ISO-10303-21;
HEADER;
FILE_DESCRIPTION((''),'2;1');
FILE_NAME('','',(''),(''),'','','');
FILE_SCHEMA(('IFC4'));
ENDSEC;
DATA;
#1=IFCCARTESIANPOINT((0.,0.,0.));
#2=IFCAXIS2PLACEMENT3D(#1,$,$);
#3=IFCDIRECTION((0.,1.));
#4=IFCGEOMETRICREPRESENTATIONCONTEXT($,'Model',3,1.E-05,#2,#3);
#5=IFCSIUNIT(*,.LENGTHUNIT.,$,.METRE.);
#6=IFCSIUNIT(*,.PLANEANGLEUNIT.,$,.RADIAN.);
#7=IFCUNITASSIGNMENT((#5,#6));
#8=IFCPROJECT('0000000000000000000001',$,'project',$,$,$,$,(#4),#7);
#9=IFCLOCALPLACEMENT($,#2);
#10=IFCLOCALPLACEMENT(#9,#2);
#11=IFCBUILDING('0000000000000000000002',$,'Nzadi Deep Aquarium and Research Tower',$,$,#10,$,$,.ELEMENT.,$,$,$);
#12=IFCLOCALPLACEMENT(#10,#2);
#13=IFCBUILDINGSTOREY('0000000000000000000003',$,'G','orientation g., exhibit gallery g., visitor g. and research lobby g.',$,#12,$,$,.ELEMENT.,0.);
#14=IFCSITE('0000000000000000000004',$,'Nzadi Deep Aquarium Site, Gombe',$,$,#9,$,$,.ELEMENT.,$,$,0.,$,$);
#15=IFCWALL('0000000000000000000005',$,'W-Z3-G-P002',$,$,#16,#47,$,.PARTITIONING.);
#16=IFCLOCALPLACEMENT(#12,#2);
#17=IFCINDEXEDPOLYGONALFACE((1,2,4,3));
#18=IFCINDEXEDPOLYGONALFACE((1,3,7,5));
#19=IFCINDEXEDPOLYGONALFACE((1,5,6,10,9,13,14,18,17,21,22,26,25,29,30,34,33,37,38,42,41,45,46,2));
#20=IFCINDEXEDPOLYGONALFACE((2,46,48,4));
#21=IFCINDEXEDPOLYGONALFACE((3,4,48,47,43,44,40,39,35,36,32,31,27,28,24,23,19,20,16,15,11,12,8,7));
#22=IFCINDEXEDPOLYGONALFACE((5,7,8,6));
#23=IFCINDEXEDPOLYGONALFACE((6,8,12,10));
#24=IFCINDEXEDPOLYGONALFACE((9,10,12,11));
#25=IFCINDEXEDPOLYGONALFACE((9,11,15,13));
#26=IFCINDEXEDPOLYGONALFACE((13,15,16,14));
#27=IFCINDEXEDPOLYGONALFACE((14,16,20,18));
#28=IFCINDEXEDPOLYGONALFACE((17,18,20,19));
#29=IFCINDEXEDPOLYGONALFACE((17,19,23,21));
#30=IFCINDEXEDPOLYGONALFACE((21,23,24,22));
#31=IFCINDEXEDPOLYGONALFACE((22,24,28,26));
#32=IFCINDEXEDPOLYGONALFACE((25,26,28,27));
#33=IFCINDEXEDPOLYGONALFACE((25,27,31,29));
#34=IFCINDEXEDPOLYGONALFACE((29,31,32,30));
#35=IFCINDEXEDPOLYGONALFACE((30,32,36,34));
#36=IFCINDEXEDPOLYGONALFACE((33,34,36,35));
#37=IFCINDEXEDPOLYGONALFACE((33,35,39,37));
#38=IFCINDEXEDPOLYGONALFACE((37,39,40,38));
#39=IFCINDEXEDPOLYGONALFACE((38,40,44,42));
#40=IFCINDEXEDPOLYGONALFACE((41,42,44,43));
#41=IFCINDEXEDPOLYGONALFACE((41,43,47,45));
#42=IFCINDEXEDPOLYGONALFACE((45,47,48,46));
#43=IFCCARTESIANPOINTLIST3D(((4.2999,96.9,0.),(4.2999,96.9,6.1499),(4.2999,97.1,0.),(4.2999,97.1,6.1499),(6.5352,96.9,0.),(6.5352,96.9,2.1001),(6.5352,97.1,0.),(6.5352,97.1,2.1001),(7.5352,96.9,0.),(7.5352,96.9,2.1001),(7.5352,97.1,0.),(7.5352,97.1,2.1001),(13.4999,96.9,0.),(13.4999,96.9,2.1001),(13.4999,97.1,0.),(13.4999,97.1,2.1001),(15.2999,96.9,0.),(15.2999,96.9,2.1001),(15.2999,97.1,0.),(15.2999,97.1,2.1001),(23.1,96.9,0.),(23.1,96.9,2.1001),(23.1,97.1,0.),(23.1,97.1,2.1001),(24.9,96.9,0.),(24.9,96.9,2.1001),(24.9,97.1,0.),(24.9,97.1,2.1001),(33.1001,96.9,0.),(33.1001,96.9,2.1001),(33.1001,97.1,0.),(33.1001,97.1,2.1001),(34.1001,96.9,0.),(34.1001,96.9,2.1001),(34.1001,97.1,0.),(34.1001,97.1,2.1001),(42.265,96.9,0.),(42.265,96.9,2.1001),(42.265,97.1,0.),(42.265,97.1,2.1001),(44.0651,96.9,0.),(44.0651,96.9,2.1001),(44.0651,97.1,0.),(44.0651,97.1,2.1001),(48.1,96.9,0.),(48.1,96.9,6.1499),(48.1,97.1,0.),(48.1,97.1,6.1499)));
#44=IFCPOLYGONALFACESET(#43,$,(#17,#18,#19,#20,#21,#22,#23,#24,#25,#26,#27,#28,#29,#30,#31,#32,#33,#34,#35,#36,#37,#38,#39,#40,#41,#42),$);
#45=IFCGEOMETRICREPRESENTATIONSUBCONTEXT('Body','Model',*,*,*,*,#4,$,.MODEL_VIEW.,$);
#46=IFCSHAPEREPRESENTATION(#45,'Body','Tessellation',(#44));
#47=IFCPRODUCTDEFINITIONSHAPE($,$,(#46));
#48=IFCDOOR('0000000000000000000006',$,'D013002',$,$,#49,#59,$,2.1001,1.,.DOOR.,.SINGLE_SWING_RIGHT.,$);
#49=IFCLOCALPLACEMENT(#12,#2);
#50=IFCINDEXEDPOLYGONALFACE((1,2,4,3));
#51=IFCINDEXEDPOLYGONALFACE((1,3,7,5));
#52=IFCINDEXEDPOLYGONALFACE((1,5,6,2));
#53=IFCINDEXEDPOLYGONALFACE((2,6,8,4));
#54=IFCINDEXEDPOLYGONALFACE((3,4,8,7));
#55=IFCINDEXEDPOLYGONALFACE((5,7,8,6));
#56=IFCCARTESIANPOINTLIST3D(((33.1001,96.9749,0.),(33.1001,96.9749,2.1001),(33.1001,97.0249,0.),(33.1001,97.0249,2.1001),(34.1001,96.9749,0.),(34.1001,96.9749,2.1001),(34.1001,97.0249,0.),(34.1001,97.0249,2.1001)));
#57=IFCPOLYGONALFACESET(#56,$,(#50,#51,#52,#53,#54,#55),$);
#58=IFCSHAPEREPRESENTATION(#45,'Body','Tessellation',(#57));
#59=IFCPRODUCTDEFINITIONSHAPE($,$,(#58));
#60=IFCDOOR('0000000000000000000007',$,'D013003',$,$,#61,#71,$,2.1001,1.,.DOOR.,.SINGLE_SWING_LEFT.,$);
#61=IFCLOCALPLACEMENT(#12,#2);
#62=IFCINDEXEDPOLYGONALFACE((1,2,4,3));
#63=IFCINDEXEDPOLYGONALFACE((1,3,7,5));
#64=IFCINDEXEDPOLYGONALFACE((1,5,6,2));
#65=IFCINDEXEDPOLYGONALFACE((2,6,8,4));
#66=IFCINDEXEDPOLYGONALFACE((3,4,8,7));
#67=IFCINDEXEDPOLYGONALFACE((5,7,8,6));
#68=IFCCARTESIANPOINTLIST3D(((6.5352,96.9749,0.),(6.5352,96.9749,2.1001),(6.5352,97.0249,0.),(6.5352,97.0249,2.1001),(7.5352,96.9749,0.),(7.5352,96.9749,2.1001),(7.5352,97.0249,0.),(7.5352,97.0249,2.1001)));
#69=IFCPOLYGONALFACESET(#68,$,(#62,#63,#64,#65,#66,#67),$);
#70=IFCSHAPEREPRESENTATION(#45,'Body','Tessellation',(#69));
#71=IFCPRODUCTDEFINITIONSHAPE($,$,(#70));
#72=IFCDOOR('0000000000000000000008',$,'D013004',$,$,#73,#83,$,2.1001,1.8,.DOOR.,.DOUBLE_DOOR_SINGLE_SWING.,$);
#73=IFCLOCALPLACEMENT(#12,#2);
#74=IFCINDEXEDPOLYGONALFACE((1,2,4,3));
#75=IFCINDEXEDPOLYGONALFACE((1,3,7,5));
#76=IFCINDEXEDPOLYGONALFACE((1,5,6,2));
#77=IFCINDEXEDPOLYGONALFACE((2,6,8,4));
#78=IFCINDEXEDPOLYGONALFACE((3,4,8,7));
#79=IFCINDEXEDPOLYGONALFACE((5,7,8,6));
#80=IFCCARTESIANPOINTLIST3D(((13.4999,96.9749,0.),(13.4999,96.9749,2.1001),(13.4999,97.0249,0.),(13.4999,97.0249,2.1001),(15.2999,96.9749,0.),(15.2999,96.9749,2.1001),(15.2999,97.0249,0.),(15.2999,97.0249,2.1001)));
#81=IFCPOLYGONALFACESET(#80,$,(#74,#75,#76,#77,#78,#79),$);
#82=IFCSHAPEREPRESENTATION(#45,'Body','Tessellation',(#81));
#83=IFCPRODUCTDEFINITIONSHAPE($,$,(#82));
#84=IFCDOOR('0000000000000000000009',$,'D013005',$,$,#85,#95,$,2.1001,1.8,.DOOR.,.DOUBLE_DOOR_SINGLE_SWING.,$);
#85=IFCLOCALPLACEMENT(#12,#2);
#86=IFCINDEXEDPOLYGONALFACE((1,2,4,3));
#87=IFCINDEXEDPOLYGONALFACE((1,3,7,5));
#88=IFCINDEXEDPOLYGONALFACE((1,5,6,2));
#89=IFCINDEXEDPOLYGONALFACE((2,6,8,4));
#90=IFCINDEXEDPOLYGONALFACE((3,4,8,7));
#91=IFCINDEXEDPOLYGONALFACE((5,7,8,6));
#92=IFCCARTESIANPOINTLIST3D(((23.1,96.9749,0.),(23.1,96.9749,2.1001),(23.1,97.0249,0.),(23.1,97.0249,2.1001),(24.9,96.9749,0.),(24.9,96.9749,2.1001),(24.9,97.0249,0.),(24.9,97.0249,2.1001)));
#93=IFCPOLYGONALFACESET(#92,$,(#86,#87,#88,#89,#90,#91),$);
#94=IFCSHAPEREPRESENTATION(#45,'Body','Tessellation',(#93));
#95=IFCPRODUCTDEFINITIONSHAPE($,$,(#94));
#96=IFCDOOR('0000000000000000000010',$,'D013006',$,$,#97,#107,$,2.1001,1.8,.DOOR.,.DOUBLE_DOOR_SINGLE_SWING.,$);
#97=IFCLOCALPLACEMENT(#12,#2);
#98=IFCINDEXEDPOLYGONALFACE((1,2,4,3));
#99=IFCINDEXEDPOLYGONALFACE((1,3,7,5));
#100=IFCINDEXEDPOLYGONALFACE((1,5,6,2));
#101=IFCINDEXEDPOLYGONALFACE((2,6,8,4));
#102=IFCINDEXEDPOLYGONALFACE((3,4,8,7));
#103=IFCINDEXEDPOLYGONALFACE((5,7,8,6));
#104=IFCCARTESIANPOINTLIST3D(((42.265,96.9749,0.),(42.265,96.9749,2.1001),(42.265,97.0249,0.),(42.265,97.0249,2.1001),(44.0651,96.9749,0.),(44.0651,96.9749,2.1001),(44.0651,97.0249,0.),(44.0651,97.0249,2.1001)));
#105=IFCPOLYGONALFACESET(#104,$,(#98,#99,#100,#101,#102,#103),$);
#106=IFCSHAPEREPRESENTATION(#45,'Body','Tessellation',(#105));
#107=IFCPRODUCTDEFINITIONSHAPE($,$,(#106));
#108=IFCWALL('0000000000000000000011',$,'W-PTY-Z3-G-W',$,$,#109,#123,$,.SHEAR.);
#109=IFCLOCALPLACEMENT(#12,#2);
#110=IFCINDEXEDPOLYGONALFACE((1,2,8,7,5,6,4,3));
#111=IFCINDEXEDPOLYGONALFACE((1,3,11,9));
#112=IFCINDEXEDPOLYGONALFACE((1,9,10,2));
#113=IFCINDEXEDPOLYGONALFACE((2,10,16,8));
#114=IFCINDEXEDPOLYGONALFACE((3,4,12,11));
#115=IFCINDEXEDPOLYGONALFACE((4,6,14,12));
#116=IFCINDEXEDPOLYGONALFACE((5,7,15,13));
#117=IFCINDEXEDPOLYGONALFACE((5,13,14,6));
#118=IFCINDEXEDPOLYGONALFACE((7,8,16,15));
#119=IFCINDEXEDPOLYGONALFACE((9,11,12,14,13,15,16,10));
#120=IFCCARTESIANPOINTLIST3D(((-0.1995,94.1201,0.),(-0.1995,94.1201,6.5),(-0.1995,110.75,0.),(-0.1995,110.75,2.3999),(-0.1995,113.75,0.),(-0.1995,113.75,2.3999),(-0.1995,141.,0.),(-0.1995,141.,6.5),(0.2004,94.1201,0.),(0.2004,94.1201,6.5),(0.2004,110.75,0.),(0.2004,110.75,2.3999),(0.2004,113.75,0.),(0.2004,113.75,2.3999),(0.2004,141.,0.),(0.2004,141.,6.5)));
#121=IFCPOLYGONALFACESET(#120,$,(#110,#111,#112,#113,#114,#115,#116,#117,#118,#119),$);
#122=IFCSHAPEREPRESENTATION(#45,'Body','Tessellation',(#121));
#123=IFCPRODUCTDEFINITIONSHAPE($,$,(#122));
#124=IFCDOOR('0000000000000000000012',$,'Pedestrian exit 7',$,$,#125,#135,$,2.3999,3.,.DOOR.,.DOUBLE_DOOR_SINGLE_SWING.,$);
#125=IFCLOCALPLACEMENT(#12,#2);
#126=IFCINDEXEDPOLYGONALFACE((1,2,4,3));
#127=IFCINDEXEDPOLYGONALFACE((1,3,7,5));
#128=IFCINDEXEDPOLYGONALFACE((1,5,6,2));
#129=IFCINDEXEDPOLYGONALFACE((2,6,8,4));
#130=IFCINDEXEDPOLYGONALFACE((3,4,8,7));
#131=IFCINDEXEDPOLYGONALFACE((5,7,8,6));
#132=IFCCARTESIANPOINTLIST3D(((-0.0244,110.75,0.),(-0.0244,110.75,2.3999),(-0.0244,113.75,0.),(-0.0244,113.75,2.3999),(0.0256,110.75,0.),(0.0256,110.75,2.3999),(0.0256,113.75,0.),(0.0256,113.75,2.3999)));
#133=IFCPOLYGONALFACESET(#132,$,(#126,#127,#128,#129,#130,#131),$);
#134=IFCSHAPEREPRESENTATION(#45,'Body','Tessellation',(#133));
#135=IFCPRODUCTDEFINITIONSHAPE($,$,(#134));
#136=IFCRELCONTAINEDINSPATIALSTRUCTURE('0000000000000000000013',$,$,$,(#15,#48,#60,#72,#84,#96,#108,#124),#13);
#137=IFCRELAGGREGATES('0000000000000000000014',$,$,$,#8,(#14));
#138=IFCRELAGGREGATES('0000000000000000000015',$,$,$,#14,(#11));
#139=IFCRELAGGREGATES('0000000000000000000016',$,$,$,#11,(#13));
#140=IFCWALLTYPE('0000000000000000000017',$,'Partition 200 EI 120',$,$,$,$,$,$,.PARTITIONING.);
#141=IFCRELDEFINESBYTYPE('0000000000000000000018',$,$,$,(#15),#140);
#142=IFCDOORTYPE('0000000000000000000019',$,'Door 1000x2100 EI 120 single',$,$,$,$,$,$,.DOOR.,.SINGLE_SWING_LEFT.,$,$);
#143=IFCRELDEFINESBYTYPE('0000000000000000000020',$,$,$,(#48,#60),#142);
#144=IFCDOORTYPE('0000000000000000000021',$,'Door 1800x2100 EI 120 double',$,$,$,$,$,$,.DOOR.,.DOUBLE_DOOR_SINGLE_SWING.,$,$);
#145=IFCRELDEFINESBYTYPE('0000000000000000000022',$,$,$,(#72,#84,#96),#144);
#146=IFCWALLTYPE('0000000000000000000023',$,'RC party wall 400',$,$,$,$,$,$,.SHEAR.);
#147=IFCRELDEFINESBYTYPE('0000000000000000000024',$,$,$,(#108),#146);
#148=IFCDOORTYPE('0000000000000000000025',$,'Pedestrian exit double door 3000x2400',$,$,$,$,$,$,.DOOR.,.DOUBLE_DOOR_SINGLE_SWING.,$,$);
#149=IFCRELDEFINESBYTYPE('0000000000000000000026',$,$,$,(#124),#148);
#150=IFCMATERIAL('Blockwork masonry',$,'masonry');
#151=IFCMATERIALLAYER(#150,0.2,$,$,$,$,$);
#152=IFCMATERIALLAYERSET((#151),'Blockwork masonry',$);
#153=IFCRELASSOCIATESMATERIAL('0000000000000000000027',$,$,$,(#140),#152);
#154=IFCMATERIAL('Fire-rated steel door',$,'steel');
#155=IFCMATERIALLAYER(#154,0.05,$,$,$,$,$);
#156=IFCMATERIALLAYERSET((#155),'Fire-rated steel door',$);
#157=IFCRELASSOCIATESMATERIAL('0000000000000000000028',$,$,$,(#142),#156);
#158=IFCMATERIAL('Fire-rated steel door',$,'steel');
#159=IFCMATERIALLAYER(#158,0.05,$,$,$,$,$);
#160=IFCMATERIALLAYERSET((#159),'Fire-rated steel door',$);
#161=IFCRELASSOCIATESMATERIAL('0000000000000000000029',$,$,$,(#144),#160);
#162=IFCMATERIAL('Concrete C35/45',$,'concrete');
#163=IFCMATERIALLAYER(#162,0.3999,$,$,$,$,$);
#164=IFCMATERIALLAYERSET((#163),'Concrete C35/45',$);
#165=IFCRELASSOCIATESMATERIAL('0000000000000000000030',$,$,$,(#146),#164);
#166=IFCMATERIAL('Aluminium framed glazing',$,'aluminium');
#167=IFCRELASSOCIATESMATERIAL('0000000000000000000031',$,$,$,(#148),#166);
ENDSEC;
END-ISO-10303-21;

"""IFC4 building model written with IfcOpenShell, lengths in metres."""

from ifc_helpers import new_model, si_unit, direction, frame, frame_2d, origin, place, context, subcontext, project, spatial, rectangle, extrude, material, layer, layer_set, type_object, element, fill, save


model = new_model("IFC4")

# Units and contexts
model_context = context("Model", 3, precision=1e-05, world=origin(), true_north=direction((0.0, 1.0)))
body_context = subcontext(model_context, "Body", "Model", "MODEL_VIEW")
ifc_project = project(units=[si_unit("LENGTHUNIT", "METRE"), si_unit("PLANEANGLEUNIT", "RADIAN")], contexts=[model_context])

# Site, building, storey
site_placement = place(None, origin())
site = spatial("IfcSite", under=ifc_project, at=site_placement, Name="Nzadi Deep Aquarium Site, Gombe", CompositionType="ELEMENT", RefElevation=0.0)
building_placement = place(site_placement, origin())
building = spatial("IfcBuilding", under=site, at=building_placement, Name="Nzadi Deep Aquarium and Research Tower", CompositionType="ELEMENT")
storey_placement = place(building_placement, origin())
storey = spatial("IfcBuildingStorey", under=building, at=storey_placement, Name="G", Description="orientation g., exhibit gallery g., visitor g. and research lobby g.", CompositionType="ELEMENT", Elevation=0.0)

# Wall, openings, doors
ifc_material_1 = material(Name="Blockwork masonry", Category="masonry")
ifc_layer_1 = layer(ifc_material_1, 0.2)
ifc_layer_set_1 = layer_set([ifc_layer_1], Name="Blockwork masonry")
wall_type_1 = type_object("IfcWallType", Name="Partition 200 EI 120", PredefinedType="PARTITIONING", material=ifc_layer_set_1)
wall_1_placement = place(storey_placement, frame((4.3, 97.0, 0.0), z_axis=(0.0, 0.0, 1.0), x_axis=(1.0, 0.0, 0.0)))
wall_1 = element("IfcWall", 1, at=wall_1_placement, inside=storey, type_object=wall_type_1, Name="W-Z3-G-P002", PredefinedType="PARTITIONING", context=body_context, shape_type="SweptSolid", body=[
    extrude(rectangle(XDim=43.8, YDim=0.2, at=frame_2d((21.8999, 0.0))), origin(), (0.0, 0.0, 1.0), 6.1499),
])
opening_1_placement = place(wall_1_placement, frame((28.8, 0.0, 0.0)))
opening_1 = element("IfcOpeningElement", 2, at=opening_1_placement, cuts=wall_1, PredefinedType="OPENING", context=body_context, shape_type="SweptSolid", body=[
    extrude(rectangle(XDim=1.0, YDim=2.1001, at=frame_2d((0.5, 1.05))), frame((0.0, 0.1101, 0.0), z_axis=(0.0, -1.0, 0.0), x_axis=(1.0, 0.0, 0.0)), (0.0, 0.0, 1.0), 0.2202),
])
opening_2_placement = place(wall_1_placement, frame((2.2351, 0.0, 0.0)))
opening_2 = element("IfcOpeningElement", 3, at=opening_2_placement, cuts=wall_1, PredefinedType="OPENING", context=body_context, shape_type="SweptSolid", body=[
    extrude(rectangle(XDim=1.0, YDim=2.1001, at=frame_2d((0.5, 1.05))), frame((0.0, 0.1101, 0.0), z_axis=(0.0, -1.0, 0.0), x_axis=(1.0, 0.0, 0.0)), (0.0, 0.0, 1.0), 0.2202),
])
opening_3_placement = place(wall_1_placement, frame((9.2, 0.0, 0.0)))
opening_3 = element("IfcOpeningElement", 4, at=opening_3_placement, cuts=wall_1, PredefinedType="OPENING", context=body_context, shape_type="SweptSolid", body=[
    extrude(rectangle(XDim=1.8, YDim=2.1001, at=frame_2d((0.8999, 1.05))), frame((0.0, 0.1101, 0.0), z_axis=(0.0, -1.0, 0.0), x_axis=(1.0, 0.0, 0.0)), (0.0, 0.0, 1.0), 0.2202),
])
opening_4_placement = place(wall_1_placement, frame((18.8, 0.0, 0.0)))
opening_4 = element("IfcOpeningElement", 5, at=opening_4_placement, cuts=wall_1, PredefinedType="OPENING", context=body_context, shape_type="SweptSolid", body=[
    extrude(rectangle(XDim=1.8, YDim=2.1001, at=frame_2d((0.8999, 1.05))), frame((0.0, 0.1101, 0.0), z_axis=(0.0, -1.0, 0.0), x_axis=(1.0, 0.0, 0.0)), (0.0, 0.0, 1.0), 0.2202),
])
opening_5_placement = place(wall_1_placement, frame((37.9651, 0.0, 0.0)))
opening_5 = element("IfcOpeningElement", 6, at=opening_5_placement, cuts=wall_1, PredefinedType="OPENING", context=body_context, shape_type="SweptSolid", body=[
    extrude(rectangle(XDim=1.8, YDim=2.1001, at=frame_2d((0.8999, 1.05))), frame((0.0, 0.1101, 0.0), z_axis=(0.0, -1.0, 0.0), x_axis=(1.0, 0.0, 0.0)), (0.0, 0.0, 1.0), 0.2202),
])
ifc_material_2 = material(Name="Fire-rated steel door", Category="steel")
ifc_layer_2 = layer(ifc_material_2, 0.05)
ifc_layer_set_2 = layer_set([ifc_layer_2], Name="Fire-rated steel door")
door_type_1 = type_object("IfcDoorType", Name="Door 1000x2100 EI 120 single", OperationType="SINGLE_SWING_LEFT", PredefinedType="DOOR", material=ifc_layer_set_2)
door_1_placement = place(opening_1_placement, origin())
door_1 = element("IfcDoor", 7, at=door_1_placement, inside=storey, type_object=door_type_1, Name="D013002", OperationType="SINGLE_SWING_RIGHT", OverallHeight=2.1001, OverallWidth=1.0, PredefinedType="DOOR", context=body_context, shape_type="SweptSolid", body=[
    extrude(rectangle(XDim=1.0, YDim=2.1001, at=frame_2d((0.5, 1.05))), frame((0.0, 0.0249, 0.0), z_axis=(0.0, -1.0, 0.0), x_axis=(1.0, 0.0, 0.0)), (0.0, 0.0, 1.0), 0.05),
])
fill(opening_1, door_1)
door_2_placement = place(opening_2_placement, origin())
door_2 = element("IfcDoor", 8, at=door_2_placement, inside=storey, type_object=door_type_1, Name="D013003", OperationType="SINGLE_SWING_LEFT", OverallHeight=2.1001, OverallWidth=1.0, PredefinedType="DOOR", context=body_context, shape_type="SweptSolid", body=[
    extrude(rectangle(XDim=1.0, YDim=2.1001, at=frame_2d((0.5, 1.05))), frame((0.0, 0.0249, 0.0), z_axis=(0.0, -1.0, 0.0), x_axis=(1.0, 0.0, 0.0)), (0.0, 0.0, 1.0), 0.05),
])
fill(opening_2, door_2)
ifc_material_3 = material(Name="Fire-rated steel door", Category="steel")
ifc_layer_3 = layer(ifc_material_3, 0.05)
ifc_layer_set_3 = layer_set([ifc_layer_3], Name="Fire-rated steel door")
door_type_2 = type_object("IfcDoorType", Name="Door 1800x2100 EI 120 double", OperationType="DOUBLE_DOOR_SINGLE_SWING", PredefinedType="DOOR", material=ifc_layer_set_3)
door_3_placement = place(opening_3_placement, origin())
door_3 = element("IfcDoor", 9, at=door_3_placement, inside=storey, type_object=door_type_2, Name="D013004", OperationType="DOUBLE_DOOR_SINGLE_SWING", OverallHeight=2.1001, OverallWidth=1.8, PredefinedType="DOOR", context=body_context, shape_type="SweptSolid", body=[
    extrude(rectangle(XDim=1.8, YDim=2.1001, at=frame_2d((0.8999, 1.05))), frame((0.0, 0.0249, 0.0), z_axis=(0.0, -1.0, 0.0), x_axis=(1.0, 0.0, 0.0)), (0.0, 0.0, 1.0), 0.05),
])
fill(opening_3, door_3)
door_4_placement = place(opening_4_placement, origin())
door_4 = element("IfcDoor", 10, at=door_4_placement, inside=storey, type_object=door_type_2, Name="D013005", OperationType="DOUBLE_DOOR_SINGLE_SWING", OverallHeight=2.1001, OverallWidth=1.8, PredefinedType="DOOR", context=body_context, shape_type="SweptSolid", body=[
    extrude(rectangle(XDim=1.8, YDim=2.1001, at=frame_2d((0.8999, 1.05))), frame((0.0, 0.0249, 0.0), z_axis=(0.0, -1.0, 0.0), x_axis=(1.0, 0.0, 0.0)), (0.0, 0.0, 1.0), 0.05),
])
fill(opening_4, door_4)
door_5_placement = place(opening_5_placement, origin())
door_5 = element("IfcDoor", 11, at=door_5_placement, inside=storey, type_object=door_type_2, Name="D013006", OperationType="DOUBLE_DOOR_SINGLE_SWING", OverallHeight=2.1001, OverallWidth=1.8, PredefinedType="DOOR", context=body_context, shape_type="SweptSolid", body=[
    extrude(rectangle(XDim=1.8, YDim=2.1001, at=frame_2d((0.8999, 1.05))), frame((0.0, 0.0249, 0.0), z_axis=(0.0, -1.0, 0.0), x_axis=(1.0, 0.0, 0.0)), (0.0, 0.0, 1.0), 0.05),
])
fill(opening_5, door_5)

# Wall, opening, door
ifc_material_4 = material(Name="Concrete C35/45", Category="concrete")
ifc_layer_4 = layer(ifc_material_4, 0.3999)
ifc_layer_set_4 = layer_set([ifc_layer_4], Name="Concrete C35/45")
wall_type_2 = type_object("IfcWallType", Name="RC party wall 400", PredefinedType="SHEAR", material=ifc_layer_set_4)
wall_2_placement = place(storey_placement, frame((0.0005, 94.1201, 0.0), z_axis=(0.0, 0.0, 1.0), x_axis=(0.0, 1.0, 0.0)))
wall_2 = element("IfcWall", 12, at=wall_2_placement, inside=storey, type_object=wall_type_2, Name="W-PTY-Z3-G-W", PredefinedType="SHEAR", context=body_context, shape_type="SweptSolid", body=[
    extrude(rectangle(XDim=46.8799, YDim=0.3999, at=frame_2d((23.4399, 0.0))), origin(), (0.0, 0.0, 1.0), 6.5),
])
opening_6_placement = place(wall_2_placement, frame((16.6299, 0.0, 0.0)))
opening_6 = element("IfcOpeningElement", 13, at=opening_6_placement, cuts=wall_2, PredefinedType="OPENING", context=body_context, shape_type="SweptSolid", body=[
    extrude(rectangle(XDim=3.0, YDim=2.3999, at=frame_2d((1.5, 1.2))), frame((0.0, 0.21, 0.0), z_axis=(0.0, -1.0, 0.0), x_axis=(1.0, 0.0, 0.0)), (0.0, 0.0, 1.0), 0.4199),
])
ifc_material_5 = material(Name="Aluminium framed glazing", Category="aluminium")
door_type_3 = type_object("IfcDoorType", Name="Pedestrian exit double door 3000x2400", OperationType="DOUBLE_DOOR_SINGLE_SWING", PredefinedType="DOOR", material=ifc_material_5)
door_6_placement = place(opening_6_placement, origin())
door_6 = element("IfcDoor", 14, at=door_6_placement, inside=storey, type_object=door_type_3, Name="Pedestrian exit 7", OperationType="DOUBLE_DOOR_SINGLE_SWING", OverallHeight=2.3999, OverallWidth=3.0, PredefinedType="DOOR", context=body_context, shape_type="SweptSolid", body=[
    extrude(rectangle(XDim=3.0, YDim=2.3999, at=frame_2d((1.5, 1.2))), frame((0.0, 0.0249, 0.0), z_axis=(0.0, -1.0, 0.0), x_axis=(1.0, 0.0, 0.0)), (0.0, 0.0, 1.0), 0.05),
])
fill(opening_6, door_6)

save(model, "model.ifc")
